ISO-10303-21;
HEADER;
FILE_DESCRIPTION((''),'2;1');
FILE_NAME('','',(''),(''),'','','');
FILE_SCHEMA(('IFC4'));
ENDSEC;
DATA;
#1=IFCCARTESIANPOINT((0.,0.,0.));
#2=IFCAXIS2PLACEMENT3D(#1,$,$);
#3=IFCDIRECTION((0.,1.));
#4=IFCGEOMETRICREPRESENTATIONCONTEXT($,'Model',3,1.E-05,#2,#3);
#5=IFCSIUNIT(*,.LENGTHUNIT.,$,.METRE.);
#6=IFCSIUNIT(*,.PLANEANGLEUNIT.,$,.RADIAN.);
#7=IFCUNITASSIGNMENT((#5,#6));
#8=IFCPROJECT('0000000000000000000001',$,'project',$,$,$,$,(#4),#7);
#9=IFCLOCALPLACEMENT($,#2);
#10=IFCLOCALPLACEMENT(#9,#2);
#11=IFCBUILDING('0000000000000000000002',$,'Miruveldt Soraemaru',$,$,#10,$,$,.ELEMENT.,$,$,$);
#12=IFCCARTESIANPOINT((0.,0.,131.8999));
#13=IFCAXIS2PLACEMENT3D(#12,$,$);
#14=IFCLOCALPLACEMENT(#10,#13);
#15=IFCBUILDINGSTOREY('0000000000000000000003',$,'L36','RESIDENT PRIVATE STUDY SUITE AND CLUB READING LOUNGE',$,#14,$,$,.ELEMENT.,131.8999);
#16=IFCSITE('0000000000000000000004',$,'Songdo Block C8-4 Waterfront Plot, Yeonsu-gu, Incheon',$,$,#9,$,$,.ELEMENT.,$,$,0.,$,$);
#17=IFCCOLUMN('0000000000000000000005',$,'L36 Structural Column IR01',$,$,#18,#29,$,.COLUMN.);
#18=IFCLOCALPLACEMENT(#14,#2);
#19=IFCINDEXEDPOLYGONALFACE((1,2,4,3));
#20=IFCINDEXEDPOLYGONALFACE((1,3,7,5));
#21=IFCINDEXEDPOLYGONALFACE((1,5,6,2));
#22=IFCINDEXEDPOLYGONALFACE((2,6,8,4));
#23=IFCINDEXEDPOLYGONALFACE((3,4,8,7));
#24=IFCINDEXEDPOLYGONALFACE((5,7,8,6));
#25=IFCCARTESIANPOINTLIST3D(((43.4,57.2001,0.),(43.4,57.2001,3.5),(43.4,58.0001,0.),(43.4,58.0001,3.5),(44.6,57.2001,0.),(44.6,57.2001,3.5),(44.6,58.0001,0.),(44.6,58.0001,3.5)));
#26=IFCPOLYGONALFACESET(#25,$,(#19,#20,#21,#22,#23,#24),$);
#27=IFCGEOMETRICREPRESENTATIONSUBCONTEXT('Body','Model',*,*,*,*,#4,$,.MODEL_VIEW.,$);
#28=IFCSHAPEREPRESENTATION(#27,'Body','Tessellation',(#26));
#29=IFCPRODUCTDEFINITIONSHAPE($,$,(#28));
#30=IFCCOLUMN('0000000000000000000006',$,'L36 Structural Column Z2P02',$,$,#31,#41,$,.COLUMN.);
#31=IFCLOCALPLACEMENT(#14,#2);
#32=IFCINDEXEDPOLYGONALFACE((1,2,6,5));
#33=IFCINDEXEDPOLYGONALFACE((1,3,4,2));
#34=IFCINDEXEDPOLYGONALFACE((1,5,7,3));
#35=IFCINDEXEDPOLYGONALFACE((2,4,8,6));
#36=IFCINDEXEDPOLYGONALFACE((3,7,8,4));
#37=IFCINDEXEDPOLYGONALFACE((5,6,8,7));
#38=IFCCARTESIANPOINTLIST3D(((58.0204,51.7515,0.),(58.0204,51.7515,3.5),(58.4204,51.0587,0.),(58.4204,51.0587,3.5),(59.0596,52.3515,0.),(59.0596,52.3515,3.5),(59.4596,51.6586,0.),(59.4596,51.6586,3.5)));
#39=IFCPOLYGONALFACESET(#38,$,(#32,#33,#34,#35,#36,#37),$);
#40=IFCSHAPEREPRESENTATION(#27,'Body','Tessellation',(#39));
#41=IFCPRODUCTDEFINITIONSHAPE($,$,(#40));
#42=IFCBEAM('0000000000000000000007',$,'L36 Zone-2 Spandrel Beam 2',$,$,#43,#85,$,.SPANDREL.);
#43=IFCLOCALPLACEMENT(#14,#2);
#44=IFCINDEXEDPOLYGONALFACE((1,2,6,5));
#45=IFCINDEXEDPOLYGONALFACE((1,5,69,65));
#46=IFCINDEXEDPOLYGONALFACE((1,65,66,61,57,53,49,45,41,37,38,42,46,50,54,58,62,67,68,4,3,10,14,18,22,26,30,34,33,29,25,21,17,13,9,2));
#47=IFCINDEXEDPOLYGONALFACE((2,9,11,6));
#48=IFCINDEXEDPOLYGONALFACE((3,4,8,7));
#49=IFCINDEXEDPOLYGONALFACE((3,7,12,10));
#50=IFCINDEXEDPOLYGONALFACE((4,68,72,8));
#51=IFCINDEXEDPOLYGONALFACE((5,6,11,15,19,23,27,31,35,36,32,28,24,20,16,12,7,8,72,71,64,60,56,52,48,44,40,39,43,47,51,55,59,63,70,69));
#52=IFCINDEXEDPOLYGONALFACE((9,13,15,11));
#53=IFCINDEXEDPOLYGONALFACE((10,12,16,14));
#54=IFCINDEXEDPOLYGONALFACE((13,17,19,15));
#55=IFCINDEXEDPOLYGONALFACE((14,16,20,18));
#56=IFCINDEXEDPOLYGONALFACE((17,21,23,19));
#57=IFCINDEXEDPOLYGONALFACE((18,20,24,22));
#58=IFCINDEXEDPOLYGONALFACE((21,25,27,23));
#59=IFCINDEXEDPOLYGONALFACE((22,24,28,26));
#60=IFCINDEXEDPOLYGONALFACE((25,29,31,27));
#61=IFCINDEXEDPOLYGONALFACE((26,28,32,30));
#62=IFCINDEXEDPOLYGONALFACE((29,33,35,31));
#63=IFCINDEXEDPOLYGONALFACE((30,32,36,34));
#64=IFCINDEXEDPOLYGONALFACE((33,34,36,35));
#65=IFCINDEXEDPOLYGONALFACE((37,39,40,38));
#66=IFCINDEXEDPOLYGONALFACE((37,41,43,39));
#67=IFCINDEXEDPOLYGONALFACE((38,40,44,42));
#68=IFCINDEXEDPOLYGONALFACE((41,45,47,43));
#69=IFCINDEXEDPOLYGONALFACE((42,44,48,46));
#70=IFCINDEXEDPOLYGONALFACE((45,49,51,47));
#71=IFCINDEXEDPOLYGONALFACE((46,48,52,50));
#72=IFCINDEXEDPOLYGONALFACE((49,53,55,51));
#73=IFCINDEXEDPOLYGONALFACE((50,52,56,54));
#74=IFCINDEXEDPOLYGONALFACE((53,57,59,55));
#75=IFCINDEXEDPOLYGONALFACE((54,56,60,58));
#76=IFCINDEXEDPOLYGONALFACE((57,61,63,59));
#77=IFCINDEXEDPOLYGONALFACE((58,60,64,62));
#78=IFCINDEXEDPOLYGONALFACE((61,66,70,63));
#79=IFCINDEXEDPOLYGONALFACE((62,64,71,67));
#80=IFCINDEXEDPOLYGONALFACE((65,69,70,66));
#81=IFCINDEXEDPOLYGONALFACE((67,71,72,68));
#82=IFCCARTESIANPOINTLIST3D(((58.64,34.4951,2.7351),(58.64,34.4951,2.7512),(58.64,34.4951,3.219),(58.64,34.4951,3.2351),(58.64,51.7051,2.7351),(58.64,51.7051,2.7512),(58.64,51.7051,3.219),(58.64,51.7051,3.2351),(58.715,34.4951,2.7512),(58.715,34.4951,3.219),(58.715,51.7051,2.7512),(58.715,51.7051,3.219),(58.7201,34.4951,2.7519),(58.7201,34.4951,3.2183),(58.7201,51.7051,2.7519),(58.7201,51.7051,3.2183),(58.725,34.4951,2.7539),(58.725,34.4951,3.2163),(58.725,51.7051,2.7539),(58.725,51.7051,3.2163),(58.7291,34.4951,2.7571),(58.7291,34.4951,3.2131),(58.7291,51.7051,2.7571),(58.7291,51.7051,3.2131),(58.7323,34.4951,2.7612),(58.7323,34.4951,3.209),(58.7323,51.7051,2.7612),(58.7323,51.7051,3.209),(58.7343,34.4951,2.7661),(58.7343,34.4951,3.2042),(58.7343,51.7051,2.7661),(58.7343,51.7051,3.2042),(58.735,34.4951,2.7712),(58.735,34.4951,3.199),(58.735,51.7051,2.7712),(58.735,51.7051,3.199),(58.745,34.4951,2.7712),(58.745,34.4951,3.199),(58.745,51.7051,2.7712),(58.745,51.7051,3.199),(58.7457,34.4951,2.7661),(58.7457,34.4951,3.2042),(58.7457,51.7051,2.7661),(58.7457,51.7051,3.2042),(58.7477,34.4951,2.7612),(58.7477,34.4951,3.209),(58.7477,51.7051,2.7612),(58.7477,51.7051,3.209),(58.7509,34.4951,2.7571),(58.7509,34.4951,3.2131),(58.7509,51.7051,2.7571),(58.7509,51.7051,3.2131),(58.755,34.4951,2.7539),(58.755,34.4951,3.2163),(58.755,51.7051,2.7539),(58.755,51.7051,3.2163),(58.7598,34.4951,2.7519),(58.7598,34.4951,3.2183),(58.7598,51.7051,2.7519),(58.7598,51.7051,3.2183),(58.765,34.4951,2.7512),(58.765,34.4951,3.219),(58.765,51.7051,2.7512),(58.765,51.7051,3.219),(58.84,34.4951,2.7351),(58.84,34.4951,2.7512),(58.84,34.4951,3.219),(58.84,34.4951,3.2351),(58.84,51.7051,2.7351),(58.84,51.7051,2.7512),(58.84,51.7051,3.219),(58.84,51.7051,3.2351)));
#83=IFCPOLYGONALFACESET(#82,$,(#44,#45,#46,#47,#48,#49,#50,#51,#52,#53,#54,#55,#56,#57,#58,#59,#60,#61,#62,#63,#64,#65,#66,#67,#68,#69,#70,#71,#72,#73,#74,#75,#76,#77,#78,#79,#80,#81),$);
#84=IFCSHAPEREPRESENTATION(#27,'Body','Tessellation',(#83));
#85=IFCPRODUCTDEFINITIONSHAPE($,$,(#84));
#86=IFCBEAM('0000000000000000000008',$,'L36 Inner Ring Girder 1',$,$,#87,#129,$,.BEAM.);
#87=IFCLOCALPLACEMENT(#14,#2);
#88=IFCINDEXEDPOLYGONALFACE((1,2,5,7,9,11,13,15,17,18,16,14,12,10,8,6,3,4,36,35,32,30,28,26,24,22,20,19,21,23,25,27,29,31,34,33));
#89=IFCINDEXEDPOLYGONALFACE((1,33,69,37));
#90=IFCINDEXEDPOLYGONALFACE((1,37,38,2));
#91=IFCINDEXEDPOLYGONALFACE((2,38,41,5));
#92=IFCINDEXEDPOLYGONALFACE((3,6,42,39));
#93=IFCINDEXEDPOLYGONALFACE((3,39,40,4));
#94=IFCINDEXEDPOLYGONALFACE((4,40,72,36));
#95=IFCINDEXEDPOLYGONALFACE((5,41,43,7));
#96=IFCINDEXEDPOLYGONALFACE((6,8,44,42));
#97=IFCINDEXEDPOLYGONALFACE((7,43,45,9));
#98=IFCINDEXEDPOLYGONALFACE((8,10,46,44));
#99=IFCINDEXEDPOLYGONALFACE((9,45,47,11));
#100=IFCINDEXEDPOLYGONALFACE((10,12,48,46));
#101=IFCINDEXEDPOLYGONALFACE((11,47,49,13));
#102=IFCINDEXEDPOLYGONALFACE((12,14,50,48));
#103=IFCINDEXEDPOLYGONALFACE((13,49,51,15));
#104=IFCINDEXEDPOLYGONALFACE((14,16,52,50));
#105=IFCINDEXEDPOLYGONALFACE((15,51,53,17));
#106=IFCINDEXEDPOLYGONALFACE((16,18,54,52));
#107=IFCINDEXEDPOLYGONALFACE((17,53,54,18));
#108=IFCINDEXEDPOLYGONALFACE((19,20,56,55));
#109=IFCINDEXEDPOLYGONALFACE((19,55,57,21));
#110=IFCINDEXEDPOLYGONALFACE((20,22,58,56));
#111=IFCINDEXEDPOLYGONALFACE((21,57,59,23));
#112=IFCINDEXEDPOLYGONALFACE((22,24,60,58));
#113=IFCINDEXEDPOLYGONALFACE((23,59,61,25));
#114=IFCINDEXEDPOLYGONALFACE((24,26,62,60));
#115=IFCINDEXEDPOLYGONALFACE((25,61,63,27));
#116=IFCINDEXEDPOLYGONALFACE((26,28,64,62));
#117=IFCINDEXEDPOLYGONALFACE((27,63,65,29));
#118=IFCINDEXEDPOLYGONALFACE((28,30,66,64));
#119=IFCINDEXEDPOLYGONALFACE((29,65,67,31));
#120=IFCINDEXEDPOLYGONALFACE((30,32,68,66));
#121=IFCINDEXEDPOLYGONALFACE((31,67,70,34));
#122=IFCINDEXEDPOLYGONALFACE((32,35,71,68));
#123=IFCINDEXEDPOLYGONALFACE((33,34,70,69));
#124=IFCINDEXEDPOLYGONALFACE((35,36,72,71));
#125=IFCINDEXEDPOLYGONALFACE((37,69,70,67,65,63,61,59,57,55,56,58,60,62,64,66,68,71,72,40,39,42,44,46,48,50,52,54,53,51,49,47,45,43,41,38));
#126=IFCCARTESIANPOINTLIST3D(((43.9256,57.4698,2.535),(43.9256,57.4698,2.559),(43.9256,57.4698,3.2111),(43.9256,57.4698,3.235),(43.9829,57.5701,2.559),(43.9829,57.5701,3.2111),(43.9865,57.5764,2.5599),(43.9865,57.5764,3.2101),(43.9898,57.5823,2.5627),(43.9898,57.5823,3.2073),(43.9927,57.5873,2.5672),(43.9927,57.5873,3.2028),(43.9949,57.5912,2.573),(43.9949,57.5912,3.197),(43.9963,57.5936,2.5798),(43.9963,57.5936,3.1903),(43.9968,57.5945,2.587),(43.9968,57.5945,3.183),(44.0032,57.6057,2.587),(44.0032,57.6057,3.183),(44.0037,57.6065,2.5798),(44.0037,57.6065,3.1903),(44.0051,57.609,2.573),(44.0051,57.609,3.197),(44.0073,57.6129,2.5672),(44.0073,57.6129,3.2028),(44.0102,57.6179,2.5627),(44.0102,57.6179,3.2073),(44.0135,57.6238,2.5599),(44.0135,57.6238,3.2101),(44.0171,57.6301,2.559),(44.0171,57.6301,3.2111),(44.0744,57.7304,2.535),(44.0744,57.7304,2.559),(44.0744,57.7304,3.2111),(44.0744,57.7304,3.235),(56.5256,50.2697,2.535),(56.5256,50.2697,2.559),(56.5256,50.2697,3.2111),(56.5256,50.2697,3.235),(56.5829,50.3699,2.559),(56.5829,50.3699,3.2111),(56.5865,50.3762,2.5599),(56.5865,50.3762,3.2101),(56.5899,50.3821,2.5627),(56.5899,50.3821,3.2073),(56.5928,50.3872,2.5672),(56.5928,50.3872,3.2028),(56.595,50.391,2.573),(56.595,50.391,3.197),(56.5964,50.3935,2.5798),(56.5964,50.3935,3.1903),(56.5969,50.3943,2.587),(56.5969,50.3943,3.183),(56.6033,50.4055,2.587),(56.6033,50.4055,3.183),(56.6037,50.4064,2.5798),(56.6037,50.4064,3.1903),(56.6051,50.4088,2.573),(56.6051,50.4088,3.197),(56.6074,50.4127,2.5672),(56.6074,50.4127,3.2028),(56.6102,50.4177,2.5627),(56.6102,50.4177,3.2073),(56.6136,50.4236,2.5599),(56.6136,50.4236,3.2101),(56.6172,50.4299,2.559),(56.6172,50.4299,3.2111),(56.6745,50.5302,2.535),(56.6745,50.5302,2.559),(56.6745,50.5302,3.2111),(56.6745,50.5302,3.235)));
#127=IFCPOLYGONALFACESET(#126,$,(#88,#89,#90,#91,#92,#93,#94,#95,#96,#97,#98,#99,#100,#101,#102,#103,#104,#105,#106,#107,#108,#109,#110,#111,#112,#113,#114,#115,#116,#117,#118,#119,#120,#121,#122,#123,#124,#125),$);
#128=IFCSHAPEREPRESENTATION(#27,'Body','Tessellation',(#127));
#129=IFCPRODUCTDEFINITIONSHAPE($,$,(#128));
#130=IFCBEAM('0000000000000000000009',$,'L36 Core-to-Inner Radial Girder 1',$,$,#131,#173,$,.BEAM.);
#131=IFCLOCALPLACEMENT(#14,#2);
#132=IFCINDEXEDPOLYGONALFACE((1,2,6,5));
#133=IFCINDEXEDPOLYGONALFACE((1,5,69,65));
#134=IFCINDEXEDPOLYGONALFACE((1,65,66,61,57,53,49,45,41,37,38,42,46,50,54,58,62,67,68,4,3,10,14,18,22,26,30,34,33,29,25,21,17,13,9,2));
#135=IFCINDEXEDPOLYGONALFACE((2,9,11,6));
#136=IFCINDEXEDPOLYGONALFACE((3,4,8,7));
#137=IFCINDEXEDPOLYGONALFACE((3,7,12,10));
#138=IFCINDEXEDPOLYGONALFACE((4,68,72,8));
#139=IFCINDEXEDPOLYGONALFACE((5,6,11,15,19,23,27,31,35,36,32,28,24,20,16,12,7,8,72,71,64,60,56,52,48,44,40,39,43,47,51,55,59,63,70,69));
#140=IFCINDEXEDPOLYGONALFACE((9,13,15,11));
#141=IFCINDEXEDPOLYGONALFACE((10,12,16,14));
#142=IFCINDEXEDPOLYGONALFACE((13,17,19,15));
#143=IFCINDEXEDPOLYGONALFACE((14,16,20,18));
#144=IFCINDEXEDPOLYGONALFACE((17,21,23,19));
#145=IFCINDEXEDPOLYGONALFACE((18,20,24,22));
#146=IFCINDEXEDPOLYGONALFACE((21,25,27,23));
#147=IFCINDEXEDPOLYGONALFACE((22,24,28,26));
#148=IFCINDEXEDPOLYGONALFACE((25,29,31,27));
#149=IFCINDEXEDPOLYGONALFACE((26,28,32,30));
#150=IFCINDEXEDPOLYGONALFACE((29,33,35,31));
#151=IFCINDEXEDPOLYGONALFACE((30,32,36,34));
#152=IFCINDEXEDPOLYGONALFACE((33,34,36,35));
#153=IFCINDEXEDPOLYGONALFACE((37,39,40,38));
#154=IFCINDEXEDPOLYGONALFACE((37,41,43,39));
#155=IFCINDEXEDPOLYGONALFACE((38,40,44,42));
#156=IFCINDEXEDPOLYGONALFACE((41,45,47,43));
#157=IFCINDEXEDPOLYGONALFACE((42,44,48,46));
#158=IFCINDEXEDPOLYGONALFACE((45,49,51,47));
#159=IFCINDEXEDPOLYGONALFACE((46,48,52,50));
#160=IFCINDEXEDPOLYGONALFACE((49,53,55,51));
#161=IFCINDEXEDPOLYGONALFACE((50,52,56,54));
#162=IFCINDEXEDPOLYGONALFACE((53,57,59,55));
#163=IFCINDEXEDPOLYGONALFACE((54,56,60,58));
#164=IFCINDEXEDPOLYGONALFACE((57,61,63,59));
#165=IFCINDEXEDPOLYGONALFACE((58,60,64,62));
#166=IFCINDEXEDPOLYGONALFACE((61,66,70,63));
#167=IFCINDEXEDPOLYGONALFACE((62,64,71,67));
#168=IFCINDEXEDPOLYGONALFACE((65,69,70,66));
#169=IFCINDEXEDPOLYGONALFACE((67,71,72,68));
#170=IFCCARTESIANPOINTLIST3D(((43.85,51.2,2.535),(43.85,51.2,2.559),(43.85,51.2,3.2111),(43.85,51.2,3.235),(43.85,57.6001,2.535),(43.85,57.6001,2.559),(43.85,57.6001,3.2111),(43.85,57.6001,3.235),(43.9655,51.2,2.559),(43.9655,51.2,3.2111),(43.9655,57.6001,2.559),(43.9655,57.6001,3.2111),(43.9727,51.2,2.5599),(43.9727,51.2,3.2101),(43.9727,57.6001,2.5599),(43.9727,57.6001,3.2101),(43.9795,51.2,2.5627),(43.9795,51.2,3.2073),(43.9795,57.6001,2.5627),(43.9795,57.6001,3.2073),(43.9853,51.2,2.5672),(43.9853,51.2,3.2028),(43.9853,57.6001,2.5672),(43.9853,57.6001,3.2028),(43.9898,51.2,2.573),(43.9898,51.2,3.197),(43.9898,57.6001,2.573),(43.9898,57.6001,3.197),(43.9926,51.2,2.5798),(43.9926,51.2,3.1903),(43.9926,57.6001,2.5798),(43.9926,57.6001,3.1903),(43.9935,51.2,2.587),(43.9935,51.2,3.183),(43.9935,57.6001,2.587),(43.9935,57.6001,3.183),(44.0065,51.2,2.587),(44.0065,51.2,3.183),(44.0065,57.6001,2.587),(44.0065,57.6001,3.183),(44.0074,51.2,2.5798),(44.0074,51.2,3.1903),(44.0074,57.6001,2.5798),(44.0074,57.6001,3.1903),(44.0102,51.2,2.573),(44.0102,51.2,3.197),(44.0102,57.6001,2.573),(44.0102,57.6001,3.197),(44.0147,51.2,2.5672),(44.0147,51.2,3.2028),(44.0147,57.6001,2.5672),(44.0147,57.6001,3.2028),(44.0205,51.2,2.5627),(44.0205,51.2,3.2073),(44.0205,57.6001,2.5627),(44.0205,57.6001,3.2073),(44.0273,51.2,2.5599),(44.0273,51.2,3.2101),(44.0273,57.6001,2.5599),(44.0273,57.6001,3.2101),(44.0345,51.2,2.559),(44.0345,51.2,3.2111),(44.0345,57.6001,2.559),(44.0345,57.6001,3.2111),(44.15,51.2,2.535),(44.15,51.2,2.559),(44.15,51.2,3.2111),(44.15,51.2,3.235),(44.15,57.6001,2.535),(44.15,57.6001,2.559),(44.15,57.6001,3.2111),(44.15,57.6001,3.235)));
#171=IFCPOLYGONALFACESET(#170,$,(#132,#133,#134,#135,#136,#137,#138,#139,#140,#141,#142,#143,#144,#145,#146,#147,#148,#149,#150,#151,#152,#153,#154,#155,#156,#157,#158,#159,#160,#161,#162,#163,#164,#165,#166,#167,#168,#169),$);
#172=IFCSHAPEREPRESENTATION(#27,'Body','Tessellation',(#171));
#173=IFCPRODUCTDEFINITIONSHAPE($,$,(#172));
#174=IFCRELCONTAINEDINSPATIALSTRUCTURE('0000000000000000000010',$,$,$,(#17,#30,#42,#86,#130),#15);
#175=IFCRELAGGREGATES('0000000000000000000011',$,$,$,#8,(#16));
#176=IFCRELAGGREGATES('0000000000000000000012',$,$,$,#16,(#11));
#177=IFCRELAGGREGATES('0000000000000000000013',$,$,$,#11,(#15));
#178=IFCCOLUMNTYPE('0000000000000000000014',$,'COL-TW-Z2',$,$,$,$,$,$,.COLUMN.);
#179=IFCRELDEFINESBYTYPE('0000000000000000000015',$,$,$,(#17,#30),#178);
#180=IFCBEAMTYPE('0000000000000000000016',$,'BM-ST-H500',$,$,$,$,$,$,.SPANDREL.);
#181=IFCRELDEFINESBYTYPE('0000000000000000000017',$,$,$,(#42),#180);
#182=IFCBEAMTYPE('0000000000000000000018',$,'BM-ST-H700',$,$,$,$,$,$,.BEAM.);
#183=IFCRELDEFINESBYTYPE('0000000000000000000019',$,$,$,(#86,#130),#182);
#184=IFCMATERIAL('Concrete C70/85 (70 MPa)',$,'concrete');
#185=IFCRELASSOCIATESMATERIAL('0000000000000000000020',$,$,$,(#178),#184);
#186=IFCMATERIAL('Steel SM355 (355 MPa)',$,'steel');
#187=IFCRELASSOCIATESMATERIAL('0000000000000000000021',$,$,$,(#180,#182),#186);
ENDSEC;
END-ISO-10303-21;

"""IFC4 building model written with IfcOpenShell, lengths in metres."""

from ifc_helpers import new_model, si_unit, direction, frame, origin, origin_2d, place, context, subcontext, project, spatial, rectangle, i_section, extrude, material, material_profile, profile_set, type_object, element, save


model = new_model("IFC4")

# Units and contexts
model_context = context("Model", 3, precision=1e-05, world=origin(), true_north=direction((0.0, 1.0)))
body_context = subcontext(model_context, "Body", "Model", "MODEL_VIEW")
ifc_project = project(units=[si_unit("LENGTHUNIT", "METRE"), si_unit("PLANEANGLEUNIT", "RADIAN")], contexts=[model_context])

# Site, building, storey
site_placement = place(None, origin())
site = spatial("IfcSite", under=ifc_project, at=site_placement, Name="Songdo Block C8-4 Waterfront Plot, Yeonsu-gu, Incheon", CompositionType="ELEMENT", RefElevation=0.0)
building_placement = place(site_placement, origin())
building = spatial("IfcBuilding", under=site, at=building_placement, Name="Miruveldt Soraemaru", CompositionType="ELEMENT")
storey_placement = place(building_placement, frame((0.0, 0.0, 131.8999)))
storey = spatial("IfcBuildingStorey", under=building, at=storey_placement, Name="L36", Description="RESIDENT PRIVATE STUDY SUITE AND CLUB READING LOUNGE", CompositionType="ELEMENT", Elevation=131.8999)

# Columns
ifc_material_1 = material(Name="Concrete C70/85 (70 MPa)", Category="concrete")
ifc_material_profile_1 = material_profile(ifc_material_1, rectangle(XDim=1.2, YDim=0.8, at=origin_2d()), Name="Concrete C70/85 (70 MPa)", Category="concrete")
ifc_profile_set_1 = profile_set([ifc_material_profile_1], Name="Concrete C70/85 (70 MPa)")
column_type = type_object("IfcColumnType", Name="COL-TW-Z2", PredefinedType="COLUMN", material=ifc_profile_set_1)
for number, where, z_axis, x_axis, name in (
    (1, (44.0, 57.6001, 0.0), (0.0, 0.0, 1.0), (1.0, 0.0, 0.0), "L36 Structural Column IR01"),
    (2, (58.74, 51.7051, 0.0), (0.0, 0.0, 1.0), (0.866025, 0.5, 0.0), "L36 Structural Column Z2P02"),
):
    element("IfcColumn", number, at=place(storey_placement, frame(where, z_axis=z_axis, x_axis=x_axis)), inside=storey, type_object=column_type, Name=name, PredefinedType="COLUMN", context=body_context, shape_type="SweptSolid", body=[
        extrude(rectangle(XDim=1.2, YDim=0.8, at=origin_2d()), origin(), (0.0, 0.0, 1.0), 3.5),
    ])

# Beams
ifc_material_2 = material(Name="Steel SM355 (355 MPa)", Category="steel")
ifc_material_profile_2 = material_profile(ifc_material_2, i_section(OverallWidth=0.2, OverallDepth=0.5, WebThickness=0.01, FlangeThickness=0.0161, FilletRadius=0.02, at=origin_2d()), Name="Steel SM355 (355 MPa)", Category="steel")
ifc_profile_set_2 = profile_set([ifc_material_profile_2], Name="Steel SM355 (355 MPa)")
beam_type_1 = type_object("IfcBeamType", Name="BM-ST-H500", PredefinedType="SPANDREL", material=ifc_profile_set_2)
beam_1_placement = place(storey_placement, frame((58.74, 51.7051, 2.9851), z_axis=(0.0, -1.0, 0.0), x_axis=(1.0, 0.0, 0.0)))
element("IfcBeam", 3, at=beam_1_placement, inside=storey, type_object=beam_type_1, Name="L36 Zone-2 Spandrel Beam 2", PredefinedType="SPANDREL", context=body_context, shape_type="SweptSolid", body=[
    extrude(i_section(OverallWidth=0.2, OverallDepth=0.5, WebThickness=0.01, FlangeThickness=0.0161, FilletRadius=0.02, at=origin_2d()), origin(), (0.0, 0.0, 1.0), 17.21),
])
ifc_material_profile_3 = material_profile(ifc_material_2, i_section(OverallWidth=0.3, OverallDepth=0.7, WebThickness=0.0129, FlangeThickness=0.0239, FilletRadius=0.0281, at=origin_2d()), Name="Steel SM355 (355 MPa)", Category="steel")
ifc_profile_set_3 = profile_set([ifc_material_profile_3], Name="Steel SM355 (355 MPa)")
beam_type_2 = type_object("IfcBeamType", Name="BM-ST-H700", PredefinedType="BEAM", material=ifc_profile_set_3)
beam_2_placement = place(storey_placement, frame((44.0, 57.6001, 2.885), z_axis=(0.868239, -0.496146, 0.0), x_axis=(0.496146, 0.868239, 0.0)))
element("IfcBeam", 4, at=beam_2_placement, inside=storey, type_object=beam_type_2, Name="L36 Inner Ring Girder 1", PredefinedType="BEAM", context=body_context, shape_type="SweptSolid", body=[
    extrude(i_section(OverallWidth=0.3, OverallDepth=0.7, WebThickness=0.0129, FlangeThickness=0.0239, FilletRadius=0.0281, at=origin_2d()), origin(), (0.0, 0.0, 1.0), 14.5122),
])
beam_3_placement = place(storey_placement, frame((44.0, 51.2, 2.885), z_axis=(0.0, 1.0, 0.0), x_axis=(-1.0, 0.0, 0.0)))
element("IfcBeam", 5, at=beam_3_placement, inside=storey, type_object=beam_type_2, Name="L36 Core-to-Inner Radial Girder 1", PredefinedType="BEAM", context=body_context, shape_type="SweptSolid", body=[
    extrude(i_section(OverallWidth=0.3, OverallDepth=0.7, WebThickness=0.0129, FlangeThickness=0.0239, FilletRadius=0.0281, at=origin_2d()), origin(), (0.0, 0.0, 1.0), 6.4001),
])

save(model, "model.ifc")
